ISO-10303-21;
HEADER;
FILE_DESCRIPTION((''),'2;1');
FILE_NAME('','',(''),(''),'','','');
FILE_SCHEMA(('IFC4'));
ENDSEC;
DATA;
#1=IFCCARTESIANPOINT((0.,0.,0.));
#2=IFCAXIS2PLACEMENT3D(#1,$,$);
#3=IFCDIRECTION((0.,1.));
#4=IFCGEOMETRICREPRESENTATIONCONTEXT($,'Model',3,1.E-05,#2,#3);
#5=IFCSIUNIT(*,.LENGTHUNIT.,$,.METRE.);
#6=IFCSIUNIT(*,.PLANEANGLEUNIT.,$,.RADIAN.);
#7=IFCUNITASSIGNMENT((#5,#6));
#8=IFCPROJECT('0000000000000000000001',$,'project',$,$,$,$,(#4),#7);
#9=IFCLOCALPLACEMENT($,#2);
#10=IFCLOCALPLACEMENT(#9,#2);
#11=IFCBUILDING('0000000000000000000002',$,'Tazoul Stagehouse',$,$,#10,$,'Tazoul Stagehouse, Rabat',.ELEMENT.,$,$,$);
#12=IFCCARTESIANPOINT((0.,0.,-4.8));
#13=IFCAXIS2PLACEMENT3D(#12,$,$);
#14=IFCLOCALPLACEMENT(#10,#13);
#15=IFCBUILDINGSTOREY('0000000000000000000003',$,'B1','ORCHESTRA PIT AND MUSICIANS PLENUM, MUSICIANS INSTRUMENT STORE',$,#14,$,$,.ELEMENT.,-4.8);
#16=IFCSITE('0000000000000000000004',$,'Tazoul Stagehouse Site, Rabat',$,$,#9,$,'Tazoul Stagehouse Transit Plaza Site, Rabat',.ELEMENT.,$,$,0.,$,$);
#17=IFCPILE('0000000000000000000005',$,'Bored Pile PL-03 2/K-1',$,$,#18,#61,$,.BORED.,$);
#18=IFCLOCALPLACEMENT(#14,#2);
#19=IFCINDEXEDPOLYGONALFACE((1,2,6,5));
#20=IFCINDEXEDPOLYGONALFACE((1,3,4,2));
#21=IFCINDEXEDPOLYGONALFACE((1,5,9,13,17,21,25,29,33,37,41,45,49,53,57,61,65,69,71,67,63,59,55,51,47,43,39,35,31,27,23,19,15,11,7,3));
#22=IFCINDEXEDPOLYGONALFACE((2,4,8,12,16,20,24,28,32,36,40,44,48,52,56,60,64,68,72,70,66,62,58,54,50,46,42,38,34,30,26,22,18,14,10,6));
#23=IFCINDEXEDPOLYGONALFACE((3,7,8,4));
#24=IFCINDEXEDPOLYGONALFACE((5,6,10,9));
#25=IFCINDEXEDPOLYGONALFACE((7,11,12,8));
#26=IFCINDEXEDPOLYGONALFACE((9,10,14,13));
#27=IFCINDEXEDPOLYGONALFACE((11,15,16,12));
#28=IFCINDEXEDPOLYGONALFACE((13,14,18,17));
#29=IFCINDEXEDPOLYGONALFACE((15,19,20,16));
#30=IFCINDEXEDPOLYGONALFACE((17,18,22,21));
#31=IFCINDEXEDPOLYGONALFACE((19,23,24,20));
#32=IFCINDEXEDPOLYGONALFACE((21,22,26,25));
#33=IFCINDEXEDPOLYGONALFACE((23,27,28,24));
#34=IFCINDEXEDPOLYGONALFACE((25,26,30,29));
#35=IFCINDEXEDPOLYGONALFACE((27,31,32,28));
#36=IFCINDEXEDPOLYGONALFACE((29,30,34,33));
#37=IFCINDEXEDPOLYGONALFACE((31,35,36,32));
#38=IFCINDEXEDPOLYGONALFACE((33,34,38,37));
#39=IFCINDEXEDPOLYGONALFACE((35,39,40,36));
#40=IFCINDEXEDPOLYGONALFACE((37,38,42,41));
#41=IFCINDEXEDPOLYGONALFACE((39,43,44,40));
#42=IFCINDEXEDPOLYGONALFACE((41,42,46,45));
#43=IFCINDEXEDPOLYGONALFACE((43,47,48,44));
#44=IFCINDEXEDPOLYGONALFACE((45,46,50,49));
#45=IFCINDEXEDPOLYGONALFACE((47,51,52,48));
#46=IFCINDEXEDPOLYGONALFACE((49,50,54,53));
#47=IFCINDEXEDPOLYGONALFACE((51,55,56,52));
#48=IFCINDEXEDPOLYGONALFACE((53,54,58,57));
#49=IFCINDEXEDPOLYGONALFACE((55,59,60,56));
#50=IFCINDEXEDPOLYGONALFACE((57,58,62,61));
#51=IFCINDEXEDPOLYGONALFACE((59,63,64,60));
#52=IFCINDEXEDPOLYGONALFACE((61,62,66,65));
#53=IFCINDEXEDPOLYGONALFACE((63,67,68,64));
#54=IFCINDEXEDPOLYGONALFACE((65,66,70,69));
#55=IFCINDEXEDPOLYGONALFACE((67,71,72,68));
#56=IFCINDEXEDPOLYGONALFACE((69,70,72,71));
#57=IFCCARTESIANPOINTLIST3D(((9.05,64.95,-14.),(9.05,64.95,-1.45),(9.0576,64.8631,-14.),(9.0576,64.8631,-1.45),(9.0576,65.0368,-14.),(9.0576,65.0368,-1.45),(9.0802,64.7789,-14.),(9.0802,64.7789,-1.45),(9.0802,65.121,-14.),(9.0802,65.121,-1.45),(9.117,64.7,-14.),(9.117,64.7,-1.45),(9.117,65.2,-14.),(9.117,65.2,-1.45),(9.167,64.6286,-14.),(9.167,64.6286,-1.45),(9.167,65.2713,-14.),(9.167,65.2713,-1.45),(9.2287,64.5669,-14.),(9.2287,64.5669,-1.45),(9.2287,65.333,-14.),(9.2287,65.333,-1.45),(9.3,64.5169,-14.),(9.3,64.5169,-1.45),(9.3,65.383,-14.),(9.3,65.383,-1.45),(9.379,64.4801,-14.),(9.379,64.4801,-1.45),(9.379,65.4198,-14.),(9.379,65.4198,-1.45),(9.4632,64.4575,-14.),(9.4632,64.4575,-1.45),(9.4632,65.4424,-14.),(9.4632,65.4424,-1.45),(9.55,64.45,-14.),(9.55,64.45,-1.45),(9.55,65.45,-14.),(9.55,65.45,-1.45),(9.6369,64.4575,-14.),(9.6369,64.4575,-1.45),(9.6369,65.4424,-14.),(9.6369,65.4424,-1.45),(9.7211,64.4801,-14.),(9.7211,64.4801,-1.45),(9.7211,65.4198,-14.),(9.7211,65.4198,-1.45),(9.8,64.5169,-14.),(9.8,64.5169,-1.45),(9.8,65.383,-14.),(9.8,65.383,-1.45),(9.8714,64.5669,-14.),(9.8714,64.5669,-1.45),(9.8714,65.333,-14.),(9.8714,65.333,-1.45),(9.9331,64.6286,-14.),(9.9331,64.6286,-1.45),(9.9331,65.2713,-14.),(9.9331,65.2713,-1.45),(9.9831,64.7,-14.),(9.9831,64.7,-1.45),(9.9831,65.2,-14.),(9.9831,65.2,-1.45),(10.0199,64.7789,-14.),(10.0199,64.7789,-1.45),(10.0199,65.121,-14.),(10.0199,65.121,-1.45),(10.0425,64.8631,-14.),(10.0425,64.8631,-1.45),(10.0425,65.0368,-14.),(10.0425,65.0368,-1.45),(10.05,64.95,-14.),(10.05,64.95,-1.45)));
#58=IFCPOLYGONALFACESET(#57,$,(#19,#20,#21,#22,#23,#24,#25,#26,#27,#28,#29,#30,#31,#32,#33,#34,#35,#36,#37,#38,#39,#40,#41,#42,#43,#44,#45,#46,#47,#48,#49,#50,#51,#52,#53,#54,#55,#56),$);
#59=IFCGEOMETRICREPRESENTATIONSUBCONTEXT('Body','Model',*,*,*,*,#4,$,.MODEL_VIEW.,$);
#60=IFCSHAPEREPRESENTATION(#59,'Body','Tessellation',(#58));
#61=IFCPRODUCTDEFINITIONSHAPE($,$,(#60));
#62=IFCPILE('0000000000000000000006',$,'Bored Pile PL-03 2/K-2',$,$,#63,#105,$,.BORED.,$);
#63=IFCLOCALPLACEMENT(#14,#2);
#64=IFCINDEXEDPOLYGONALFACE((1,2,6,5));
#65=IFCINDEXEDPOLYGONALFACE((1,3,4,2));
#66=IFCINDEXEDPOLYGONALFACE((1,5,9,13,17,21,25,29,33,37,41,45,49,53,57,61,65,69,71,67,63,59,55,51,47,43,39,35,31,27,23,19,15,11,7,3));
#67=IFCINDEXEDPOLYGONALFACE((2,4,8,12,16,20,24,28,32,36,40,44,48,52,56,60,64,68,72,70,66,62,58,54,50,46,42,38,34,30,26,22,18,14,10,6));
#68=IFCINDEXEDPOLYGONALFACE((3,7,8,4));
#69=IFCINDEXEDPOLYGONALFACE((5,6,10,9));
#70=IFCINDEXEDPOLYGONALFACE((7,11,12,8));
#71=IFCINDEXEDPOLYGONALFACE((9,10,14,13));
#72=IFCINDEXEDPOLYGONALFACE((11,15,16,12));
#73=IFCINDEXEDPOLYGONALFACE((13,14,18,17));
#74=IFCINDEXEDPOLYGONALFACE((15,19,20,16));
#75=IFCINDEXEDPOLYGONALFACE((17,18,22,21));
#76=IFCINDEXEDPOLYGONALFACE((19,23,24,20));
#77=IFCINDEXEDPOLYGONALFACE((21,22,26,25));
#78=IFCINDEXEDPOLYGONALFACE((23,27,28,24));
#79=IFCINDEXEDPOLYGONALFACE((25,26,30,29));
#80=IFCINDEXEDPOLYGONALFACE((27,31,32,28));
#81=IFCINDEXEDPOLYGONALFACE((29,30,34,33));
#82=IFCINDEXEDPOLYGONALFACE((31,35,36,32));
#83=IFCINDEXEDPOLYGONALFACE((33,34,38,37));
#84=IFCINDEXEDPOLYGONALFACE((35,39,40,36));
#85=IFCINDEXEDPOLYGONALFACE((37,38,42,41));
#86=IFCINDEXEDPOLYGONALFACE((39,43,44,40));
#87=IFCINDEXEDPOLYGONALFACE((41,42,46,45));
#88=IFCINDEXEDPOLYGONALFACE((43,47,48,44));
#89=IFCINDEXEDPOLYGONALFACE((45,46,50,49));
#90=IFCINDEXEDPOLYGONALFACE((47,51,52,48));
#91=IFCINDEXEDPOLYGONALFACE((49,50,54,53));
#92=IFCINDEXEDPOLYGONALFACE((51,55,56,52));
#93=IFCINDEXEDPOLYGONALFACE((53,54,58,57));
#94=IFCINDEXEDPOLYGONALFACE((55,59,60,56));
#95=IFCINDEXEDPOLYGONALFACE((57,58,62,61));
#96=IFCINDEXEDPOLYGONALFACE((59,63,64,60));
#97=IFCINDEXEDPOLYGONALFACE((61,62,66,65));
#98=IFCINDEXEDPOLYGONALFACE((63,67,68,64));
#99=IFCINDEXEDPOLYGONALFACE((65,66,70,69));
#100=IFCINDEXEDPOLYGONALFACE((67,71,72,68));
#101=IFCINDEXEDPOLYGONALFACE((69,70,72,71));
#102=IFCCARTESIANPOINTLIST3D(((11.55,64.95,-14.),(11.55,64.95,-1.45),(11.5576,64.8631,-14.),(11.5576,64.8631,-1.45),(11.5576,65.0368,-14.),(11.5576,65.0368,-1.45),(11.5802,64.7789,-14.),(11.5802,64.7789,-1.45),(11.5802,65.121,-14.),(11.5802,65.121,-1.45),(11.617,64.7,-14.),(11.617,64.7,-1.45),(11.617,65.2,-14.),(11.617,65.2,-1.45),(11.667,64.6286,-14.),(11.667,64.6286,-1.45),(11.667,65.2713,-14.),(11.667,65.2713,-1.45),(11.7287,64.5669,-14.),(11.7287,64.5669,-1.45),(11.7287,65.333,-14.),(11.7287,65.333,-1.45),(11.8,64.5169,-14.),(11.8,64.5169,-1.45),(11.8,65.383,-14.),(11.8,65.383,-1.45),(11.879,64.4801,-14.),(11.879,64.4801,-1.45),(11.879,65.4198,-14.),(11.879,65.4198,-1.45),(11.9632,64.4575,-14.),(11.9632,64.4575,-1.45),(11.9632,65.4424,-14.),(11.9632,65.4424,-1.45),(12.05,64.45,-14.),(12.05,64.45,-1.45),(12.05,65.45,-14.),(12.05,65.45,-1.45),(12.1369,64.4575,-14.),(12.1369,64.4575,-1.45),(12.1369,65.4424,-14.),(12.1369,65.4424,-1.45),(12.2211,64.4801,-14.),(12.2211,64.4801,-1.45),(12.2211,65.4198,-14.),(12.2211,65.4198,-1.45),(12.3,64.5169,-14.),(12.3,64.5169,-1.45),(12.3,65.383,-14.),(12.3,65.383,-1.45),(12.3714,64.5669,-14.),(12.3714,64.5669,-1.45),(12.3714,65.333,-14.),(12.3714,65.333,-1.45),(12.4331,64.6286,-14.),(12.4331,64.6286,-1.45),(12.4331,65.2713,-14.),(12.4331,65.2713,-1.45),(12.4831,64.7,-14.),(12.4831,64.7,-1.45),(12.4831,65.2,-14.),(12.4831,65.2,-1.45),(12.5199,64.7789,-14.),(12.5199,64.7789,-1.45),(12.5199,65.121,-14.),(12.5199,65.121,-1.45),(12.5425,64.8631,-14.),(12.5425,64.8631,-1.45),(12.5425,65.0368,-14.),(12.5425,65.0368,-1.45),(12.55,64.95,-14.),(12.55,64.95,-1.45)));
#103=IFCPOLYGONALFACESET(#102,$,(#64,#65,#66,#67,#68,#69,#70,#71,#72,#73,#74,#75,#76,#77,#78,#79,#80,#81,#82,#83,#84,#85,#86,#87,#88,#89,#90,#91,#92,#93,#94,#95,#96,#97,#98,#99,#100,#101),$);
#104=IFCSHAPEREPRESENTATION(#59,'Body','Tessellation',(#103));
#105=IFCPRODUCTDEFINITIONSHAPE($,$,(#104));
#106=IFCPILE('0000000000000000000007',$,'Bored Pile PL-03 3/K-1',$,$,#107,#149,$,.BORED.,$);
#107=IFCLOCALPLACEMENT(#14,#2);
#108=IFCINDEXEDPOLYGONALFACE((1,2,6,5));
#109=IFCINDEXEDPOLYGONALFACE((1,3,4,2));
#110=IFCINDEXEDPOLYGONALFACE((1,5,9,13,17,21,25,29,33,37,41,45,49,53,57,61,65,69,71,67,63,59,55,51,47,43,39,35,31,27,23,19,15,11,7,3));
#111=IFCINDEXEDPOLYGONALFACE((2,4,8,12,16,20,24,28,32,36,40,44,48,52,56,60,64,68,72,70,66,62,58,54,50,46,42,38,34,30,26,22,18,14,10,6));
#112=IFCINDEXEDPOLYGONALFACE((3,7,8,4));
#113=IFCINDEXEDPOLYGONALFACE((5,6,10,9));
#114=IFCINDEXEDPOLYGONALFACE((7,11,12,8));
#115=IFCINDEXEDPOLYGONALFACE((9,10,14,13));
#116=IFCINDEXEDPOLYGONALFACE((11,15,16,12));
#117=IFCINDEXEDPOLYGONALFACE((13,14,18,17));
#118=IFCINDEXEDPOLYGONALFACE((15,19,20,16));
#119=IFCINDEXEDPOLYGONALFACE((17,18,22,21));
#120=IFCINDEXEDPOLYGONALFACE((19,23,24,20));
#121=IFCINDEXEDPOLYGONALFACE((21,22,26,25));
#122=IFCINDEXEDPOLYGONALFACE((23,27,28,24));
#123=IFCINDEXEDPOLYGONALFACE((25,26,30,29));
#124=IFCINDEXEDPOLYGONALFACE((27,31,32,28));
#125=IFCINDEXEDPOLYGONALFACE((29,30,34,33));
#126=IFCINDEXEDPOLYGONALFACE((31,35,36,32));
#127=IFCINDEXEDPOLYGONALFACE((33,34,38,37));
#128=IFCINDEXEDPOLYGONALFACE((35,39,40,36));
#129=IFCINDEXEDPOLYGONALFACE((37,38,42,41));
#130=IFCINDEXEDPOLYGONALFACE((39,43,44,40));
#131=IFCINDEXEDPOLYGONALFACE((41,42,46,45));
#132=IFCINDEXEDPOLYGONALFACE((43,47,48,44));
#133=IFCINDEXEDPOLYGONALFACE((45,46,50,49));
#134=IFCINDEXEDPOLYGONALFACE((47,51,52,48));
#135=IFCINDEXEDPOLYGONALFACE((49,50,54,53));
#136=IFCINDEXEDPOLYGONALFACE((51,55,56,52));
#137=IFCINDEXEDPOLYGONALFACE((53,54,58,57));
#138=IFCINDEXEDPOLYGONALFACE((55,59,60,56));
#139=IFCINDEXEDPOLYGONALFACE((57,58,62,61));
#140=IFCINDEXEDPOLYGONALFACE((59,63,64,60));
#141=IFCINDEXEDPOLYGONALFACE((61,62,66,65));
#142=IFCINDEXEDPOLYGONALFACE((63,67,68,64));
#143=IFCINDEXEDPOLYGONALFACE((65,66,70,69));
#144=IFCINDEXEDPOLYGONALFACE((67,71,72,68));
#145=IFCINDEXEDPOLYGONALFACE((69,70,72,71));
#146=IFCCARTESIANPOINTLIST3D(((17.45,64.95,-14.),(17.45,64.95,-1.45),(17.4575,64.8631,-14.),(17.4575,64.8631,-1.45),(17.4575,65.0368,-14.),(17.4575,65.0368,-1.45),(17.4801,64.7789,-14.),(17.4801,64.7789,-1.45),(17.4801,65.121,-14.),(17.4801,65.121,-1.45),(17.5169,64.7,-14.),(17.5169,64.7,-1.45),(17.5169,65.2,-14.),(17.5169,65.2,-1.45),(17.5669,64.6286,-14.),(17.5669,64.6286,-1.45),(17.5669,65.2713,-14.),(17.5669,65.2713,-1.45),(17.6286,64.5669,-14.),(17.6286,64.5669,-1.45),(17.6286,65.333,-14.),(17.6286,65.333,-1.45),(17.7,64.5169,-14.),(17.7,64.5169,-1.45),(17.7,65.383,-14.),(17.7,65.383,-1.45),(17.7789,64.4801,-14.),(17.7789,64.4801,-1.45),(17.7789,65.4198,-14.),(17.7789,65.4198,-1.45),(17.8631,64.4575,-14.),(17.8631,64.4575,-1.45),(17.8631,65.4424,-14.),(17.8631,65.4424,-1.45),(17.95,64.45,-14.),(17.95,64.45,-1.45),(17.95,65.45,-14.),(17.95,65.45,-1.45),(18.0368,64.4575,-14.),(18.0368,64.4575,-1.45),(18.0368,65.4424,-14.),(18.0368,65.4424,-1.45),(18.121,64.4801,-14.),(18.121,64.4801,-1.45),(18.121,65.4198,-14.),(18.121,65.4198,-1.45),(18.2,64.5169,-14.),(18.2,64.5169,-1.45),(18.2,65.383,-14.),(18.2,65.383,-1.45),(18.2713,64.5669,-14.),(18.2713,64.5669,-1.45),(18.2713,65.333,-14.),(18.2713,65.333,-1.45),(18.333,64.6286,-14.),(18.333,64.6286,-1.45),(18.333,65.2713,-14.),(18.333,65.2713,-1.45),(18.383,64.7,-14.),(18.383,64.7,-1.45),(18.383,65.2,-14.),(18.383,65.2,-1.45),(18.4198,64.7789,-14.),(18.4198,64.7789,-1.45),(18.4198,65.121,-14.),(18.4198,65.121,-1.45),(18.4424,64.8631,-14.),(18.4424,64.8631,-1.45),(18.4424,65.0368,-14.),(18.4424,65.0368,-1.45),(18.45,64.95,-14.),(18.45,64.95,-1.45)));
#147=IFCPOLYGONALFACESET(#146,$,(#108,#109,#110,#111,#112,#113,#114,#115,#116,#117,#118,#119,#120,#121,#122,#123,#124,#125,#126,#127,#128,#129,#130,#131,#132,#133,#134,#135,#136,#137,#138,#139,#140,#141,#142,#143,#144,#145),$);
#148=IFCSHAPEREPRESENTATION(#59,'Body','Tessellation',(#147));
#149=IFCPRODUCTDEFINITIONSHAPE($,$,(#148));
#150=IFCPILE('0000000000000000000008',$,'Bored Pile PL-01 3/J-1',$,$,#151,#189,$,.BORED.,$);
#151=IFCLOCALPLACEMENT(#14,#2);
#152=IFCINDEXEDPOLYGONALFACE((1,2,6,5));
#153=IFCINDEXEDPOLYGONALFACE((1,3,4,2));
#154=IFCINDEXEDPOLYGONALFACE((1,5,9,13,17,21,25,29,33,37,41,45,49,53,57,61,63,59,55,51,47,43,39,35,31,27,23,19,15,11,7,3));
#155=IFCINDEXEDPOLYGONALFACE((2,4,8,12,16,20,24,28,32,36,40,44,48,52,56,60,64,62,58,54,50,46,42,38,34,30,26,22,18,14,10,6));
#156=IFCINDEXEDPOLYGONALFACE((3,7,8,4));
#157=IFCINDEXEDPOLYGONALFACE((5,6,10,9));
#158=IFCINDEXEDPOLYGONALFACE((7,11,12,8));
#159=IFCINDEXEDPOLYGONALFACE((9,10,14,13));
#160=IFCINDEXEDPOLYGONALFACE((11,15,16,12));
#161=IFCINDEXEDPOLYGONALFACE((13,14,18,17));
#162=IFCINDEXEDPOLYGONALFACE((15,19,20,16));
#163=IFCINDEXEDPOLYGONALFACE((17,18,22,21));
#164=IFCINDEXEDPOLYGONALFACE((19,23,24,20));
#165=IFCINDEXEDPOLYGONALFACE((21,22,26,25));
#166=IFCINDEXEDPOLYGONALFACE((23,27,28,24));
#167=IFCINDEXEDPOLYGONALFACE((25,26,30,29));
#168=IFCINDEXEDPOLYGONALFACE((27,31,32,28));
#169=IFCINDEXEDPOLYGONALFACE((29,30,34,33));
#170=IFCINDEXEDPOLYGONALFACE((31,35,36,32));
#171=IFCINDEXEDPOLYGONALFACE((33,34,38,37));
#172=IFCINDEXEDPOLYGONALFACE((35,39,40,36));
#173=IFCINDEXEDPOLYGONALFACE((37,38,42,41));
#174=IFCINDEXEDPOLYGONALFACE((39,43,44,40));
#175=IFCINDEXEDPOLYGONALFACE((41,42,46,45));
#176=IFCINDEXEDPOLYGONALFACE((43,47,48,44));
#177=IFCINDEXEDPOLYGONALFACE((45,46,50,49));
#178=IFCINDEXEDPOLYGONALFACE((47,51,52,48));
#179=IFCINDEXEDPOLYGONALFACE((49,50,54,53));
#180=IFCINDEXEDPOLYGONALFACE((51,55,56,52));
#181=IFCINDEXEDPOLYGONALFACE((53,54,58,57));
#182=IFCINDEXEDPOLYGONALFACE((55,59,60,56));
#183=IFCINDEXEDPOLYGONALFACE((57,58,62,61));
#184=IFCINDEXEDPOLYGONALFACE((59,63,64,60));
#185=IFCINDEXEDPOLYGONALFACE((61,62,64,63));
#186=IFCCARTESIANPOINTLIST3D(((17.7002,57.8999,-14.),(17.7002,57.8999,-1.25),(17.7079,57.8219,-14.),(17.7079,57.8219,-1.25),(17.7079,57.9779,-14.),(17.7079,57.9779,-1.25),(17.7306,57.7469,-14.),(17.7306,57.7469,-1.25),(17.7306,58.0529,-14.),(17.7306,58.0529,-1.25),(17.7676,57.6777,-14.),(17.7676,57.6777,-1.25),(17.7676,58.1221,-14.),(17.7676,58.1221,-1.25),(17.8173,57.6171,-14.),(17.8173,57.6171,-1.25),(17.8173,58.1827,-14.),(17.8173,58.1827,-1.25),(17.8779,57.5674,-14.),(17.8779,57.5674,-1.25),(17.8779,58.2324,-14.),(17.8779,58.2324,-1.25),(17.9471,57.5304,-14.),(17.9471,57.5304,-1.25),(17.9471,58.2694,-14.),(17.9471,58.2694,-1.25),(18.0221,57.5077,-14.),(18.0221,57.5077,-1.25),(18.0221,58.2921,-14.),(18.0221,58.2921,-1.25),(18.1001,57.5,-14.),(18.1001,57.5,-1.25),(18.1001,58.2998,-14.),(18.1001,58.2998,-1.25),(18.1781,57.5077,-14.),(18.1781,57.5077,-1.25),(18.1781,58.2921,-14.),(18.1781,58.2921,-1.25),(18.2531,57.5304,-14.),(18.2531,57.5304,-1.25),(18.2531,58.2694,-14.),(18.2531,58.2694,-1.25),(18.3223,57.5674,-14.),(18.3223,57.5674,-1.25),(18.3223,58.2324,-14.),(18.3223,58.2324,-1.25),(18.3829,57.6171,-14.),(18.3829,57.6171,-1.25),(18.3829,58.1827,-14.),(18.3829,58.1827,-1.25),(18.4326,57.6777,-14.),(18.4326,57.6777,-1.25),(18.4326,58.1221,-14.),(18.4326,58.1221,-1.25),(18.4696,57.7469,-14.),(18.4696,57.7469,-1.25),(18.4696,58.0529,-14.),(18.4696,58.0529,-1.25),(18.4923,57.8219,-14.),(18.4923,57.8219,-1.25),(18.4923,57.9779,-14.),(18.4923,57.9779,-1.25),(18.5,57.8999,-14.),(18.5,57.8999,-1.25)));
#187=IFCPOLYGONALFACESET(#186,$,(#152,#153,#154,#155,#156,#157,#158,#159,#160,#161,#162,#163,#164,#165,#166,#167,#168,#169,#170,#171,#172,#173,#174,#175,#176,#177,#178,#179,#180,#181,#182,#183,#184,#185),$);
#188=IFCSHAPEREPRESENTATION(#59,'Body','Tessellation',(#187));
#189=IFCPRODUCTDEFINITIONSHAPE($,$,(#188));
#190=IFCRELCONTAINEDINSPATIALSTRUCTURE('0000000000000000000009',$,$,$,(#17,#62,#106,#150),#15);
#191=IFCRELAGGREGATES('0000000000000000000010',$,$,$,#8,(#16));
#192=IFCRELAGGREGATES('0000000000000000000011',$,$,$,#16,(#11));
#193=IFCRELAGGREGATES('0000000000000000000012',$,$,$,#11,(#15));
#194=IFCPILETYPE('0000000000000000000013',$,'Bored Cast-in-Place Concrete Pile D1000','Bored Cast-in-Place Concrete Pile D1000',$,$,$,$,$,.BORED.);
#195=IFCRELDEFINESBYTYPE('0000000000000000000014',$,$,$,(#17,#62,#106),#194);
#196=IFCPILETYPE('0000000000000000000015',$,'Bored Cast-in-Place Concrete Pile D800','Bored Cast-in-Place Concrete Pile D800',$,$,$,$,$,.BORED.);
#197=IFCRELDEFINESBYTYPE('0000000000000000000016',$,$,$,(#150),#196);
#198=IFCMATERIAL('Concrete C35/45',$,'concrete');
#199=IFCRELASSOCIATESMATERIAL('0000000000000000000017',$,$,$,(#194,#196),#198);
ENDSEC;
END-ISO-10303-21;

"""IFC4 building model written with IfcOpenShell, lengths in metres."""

from ifc_helpers import new_model, si_unit, direction, frame, origin, origin_2d, place, context, subcontext, project, spatial, circle, extrude, material, material_profile, profile_set, type_object, element, save


model = new_model("IFC4")

# Units and contexts
model_context = context("Model", 3, precision=1e-05, world=origin(), true_north=direction((0.0, 1.0)))
body_context = subcontext(model_context, "Body", "Model", "MODEL_VIEW")
ifc_project = project(units=[si_unit("LENGTHUNIT", "METRE"), si_unit("PLANEANGLEUNIT", "RADIAN")], contexts=[model_context])

# Site, building, storey
site_placement = place(None, origin())
site = spatial("IfcSite", under=ifc_project, at=site_placement, Name="Tazoul Stagehouse Site, Rabat", LongName="Tazoul Stagehouse Transit Plaza Site, Rabat", CompositionType="ELEMENT", RefElevation=0.0)
building_placement = place(site_placement, origin())
building = spatial("IfcBuilding", under=site, at=building_placement, Name="Tazoul Stagehouse", LongName="Tazoul Stagehouse, Rabat", CompositionType="ELEMENT")
storey_placement = place(building_placement, frame((0.0, 0.0, -4.8)))
storey = spatial("IfcBuildingStorey", under=building, at=storey_placement, Name="B1", Description="ORCHESTRA PIT AND MUSICIANS PLENUM, MUSICIANS INSTRUMENT STORE", CompositionType="ELEMENT", Elevation=-4.8)

# Piles
ifc_material_1 = material(Name="Concrete C35/45", Category="concrete")
ifc_material_profile_1 = material_profile(ifc_material_1, circle(Radius=0.5, at=origin_2d()), Name="BORED PILE 1000")
ifc_profile_set_1 = profile_set([ifc_material_profile_1], Name="Concrete C35/45")
pile_type_1 = type_object("IfcPileType", Name="Bored Cast-in-Place Concrete Pile D1000", Description="Bored Cast-in-Place Concrete Pile D1000", PredefinedType="BORED", material=ifc_profile_set_1)
for number, where, z_axis, x_axis, name in (
    (1, (9.55, 64.95, -1.45), (0.0, 0.0, -1.0), (1.0, 0.0, 0.0), "Bored Pile PL-03 2/K-1"),
    (2, (12.05, 64.95, -1.45), (0.0, 0.0, -1.0), (1.0, 0.0, 0.0), "Bored Pile PL-03 2/K-2"),
    (3, (17.95, 64.95, -1.45), (0.0, 0.0, -1.0), (1.0, 0.0, 0.0), "Bored Pile PL-03 3/K-1"),
):
    element("IfcPile", number, at=place(storey_placement, frame(where, z_axis=z_axis, x_axis=x_axis)), inside=storey, type_object=pile_type_1, Name=name, PredefinedType="BORED", context=body_context, shape_type="SweptSolid", body=[
        extrude(circle(Radius=0.5, at=origin_2d()), origin(), (0.0, 0.0, 1.0), 12.55),
    ])
ifc_material_profile_2 = material_profile(ifc_material_1, circle(Radius=0.3999, at=origin_2d()), Name="BORED PILE 800")
ifc_profile_set_2 = profile_set([ifc_material_profile_2], Name="Concrete C35/45")
pile_type_2 = type_object("IfcPileType", Name="Bored Cast-in-Place Concrete Pile D800", Description="Bored Cast-in-Place Concrete Pile D800", PredefinedType="BORED", material=ifc_profile_set_2)
for number, where, z_axis, x_axis, name in (
    (4, (18.1001, 57.8999, -1.25), (0.0, 0.0, -1.0), (1.0, 0.0, 0.0), "Bored Pile PL-01 3/J-1"),
):
    element("IfcPile", number, at=place(storey_placement, frame(where, z_axis=z_axis, x_axis=x_axis)), inside=storey, type_object=pile_type_2, Name=name, PredefinedType="BORED", context=body_context, shape_type="SweptSolid", body=[
        extrude(circle(Radius=0.3999, at=origin_2d()), origin(), (0.0, 0.0, 1.0), 12.75),
    ])

save(model, "model.ifc")
